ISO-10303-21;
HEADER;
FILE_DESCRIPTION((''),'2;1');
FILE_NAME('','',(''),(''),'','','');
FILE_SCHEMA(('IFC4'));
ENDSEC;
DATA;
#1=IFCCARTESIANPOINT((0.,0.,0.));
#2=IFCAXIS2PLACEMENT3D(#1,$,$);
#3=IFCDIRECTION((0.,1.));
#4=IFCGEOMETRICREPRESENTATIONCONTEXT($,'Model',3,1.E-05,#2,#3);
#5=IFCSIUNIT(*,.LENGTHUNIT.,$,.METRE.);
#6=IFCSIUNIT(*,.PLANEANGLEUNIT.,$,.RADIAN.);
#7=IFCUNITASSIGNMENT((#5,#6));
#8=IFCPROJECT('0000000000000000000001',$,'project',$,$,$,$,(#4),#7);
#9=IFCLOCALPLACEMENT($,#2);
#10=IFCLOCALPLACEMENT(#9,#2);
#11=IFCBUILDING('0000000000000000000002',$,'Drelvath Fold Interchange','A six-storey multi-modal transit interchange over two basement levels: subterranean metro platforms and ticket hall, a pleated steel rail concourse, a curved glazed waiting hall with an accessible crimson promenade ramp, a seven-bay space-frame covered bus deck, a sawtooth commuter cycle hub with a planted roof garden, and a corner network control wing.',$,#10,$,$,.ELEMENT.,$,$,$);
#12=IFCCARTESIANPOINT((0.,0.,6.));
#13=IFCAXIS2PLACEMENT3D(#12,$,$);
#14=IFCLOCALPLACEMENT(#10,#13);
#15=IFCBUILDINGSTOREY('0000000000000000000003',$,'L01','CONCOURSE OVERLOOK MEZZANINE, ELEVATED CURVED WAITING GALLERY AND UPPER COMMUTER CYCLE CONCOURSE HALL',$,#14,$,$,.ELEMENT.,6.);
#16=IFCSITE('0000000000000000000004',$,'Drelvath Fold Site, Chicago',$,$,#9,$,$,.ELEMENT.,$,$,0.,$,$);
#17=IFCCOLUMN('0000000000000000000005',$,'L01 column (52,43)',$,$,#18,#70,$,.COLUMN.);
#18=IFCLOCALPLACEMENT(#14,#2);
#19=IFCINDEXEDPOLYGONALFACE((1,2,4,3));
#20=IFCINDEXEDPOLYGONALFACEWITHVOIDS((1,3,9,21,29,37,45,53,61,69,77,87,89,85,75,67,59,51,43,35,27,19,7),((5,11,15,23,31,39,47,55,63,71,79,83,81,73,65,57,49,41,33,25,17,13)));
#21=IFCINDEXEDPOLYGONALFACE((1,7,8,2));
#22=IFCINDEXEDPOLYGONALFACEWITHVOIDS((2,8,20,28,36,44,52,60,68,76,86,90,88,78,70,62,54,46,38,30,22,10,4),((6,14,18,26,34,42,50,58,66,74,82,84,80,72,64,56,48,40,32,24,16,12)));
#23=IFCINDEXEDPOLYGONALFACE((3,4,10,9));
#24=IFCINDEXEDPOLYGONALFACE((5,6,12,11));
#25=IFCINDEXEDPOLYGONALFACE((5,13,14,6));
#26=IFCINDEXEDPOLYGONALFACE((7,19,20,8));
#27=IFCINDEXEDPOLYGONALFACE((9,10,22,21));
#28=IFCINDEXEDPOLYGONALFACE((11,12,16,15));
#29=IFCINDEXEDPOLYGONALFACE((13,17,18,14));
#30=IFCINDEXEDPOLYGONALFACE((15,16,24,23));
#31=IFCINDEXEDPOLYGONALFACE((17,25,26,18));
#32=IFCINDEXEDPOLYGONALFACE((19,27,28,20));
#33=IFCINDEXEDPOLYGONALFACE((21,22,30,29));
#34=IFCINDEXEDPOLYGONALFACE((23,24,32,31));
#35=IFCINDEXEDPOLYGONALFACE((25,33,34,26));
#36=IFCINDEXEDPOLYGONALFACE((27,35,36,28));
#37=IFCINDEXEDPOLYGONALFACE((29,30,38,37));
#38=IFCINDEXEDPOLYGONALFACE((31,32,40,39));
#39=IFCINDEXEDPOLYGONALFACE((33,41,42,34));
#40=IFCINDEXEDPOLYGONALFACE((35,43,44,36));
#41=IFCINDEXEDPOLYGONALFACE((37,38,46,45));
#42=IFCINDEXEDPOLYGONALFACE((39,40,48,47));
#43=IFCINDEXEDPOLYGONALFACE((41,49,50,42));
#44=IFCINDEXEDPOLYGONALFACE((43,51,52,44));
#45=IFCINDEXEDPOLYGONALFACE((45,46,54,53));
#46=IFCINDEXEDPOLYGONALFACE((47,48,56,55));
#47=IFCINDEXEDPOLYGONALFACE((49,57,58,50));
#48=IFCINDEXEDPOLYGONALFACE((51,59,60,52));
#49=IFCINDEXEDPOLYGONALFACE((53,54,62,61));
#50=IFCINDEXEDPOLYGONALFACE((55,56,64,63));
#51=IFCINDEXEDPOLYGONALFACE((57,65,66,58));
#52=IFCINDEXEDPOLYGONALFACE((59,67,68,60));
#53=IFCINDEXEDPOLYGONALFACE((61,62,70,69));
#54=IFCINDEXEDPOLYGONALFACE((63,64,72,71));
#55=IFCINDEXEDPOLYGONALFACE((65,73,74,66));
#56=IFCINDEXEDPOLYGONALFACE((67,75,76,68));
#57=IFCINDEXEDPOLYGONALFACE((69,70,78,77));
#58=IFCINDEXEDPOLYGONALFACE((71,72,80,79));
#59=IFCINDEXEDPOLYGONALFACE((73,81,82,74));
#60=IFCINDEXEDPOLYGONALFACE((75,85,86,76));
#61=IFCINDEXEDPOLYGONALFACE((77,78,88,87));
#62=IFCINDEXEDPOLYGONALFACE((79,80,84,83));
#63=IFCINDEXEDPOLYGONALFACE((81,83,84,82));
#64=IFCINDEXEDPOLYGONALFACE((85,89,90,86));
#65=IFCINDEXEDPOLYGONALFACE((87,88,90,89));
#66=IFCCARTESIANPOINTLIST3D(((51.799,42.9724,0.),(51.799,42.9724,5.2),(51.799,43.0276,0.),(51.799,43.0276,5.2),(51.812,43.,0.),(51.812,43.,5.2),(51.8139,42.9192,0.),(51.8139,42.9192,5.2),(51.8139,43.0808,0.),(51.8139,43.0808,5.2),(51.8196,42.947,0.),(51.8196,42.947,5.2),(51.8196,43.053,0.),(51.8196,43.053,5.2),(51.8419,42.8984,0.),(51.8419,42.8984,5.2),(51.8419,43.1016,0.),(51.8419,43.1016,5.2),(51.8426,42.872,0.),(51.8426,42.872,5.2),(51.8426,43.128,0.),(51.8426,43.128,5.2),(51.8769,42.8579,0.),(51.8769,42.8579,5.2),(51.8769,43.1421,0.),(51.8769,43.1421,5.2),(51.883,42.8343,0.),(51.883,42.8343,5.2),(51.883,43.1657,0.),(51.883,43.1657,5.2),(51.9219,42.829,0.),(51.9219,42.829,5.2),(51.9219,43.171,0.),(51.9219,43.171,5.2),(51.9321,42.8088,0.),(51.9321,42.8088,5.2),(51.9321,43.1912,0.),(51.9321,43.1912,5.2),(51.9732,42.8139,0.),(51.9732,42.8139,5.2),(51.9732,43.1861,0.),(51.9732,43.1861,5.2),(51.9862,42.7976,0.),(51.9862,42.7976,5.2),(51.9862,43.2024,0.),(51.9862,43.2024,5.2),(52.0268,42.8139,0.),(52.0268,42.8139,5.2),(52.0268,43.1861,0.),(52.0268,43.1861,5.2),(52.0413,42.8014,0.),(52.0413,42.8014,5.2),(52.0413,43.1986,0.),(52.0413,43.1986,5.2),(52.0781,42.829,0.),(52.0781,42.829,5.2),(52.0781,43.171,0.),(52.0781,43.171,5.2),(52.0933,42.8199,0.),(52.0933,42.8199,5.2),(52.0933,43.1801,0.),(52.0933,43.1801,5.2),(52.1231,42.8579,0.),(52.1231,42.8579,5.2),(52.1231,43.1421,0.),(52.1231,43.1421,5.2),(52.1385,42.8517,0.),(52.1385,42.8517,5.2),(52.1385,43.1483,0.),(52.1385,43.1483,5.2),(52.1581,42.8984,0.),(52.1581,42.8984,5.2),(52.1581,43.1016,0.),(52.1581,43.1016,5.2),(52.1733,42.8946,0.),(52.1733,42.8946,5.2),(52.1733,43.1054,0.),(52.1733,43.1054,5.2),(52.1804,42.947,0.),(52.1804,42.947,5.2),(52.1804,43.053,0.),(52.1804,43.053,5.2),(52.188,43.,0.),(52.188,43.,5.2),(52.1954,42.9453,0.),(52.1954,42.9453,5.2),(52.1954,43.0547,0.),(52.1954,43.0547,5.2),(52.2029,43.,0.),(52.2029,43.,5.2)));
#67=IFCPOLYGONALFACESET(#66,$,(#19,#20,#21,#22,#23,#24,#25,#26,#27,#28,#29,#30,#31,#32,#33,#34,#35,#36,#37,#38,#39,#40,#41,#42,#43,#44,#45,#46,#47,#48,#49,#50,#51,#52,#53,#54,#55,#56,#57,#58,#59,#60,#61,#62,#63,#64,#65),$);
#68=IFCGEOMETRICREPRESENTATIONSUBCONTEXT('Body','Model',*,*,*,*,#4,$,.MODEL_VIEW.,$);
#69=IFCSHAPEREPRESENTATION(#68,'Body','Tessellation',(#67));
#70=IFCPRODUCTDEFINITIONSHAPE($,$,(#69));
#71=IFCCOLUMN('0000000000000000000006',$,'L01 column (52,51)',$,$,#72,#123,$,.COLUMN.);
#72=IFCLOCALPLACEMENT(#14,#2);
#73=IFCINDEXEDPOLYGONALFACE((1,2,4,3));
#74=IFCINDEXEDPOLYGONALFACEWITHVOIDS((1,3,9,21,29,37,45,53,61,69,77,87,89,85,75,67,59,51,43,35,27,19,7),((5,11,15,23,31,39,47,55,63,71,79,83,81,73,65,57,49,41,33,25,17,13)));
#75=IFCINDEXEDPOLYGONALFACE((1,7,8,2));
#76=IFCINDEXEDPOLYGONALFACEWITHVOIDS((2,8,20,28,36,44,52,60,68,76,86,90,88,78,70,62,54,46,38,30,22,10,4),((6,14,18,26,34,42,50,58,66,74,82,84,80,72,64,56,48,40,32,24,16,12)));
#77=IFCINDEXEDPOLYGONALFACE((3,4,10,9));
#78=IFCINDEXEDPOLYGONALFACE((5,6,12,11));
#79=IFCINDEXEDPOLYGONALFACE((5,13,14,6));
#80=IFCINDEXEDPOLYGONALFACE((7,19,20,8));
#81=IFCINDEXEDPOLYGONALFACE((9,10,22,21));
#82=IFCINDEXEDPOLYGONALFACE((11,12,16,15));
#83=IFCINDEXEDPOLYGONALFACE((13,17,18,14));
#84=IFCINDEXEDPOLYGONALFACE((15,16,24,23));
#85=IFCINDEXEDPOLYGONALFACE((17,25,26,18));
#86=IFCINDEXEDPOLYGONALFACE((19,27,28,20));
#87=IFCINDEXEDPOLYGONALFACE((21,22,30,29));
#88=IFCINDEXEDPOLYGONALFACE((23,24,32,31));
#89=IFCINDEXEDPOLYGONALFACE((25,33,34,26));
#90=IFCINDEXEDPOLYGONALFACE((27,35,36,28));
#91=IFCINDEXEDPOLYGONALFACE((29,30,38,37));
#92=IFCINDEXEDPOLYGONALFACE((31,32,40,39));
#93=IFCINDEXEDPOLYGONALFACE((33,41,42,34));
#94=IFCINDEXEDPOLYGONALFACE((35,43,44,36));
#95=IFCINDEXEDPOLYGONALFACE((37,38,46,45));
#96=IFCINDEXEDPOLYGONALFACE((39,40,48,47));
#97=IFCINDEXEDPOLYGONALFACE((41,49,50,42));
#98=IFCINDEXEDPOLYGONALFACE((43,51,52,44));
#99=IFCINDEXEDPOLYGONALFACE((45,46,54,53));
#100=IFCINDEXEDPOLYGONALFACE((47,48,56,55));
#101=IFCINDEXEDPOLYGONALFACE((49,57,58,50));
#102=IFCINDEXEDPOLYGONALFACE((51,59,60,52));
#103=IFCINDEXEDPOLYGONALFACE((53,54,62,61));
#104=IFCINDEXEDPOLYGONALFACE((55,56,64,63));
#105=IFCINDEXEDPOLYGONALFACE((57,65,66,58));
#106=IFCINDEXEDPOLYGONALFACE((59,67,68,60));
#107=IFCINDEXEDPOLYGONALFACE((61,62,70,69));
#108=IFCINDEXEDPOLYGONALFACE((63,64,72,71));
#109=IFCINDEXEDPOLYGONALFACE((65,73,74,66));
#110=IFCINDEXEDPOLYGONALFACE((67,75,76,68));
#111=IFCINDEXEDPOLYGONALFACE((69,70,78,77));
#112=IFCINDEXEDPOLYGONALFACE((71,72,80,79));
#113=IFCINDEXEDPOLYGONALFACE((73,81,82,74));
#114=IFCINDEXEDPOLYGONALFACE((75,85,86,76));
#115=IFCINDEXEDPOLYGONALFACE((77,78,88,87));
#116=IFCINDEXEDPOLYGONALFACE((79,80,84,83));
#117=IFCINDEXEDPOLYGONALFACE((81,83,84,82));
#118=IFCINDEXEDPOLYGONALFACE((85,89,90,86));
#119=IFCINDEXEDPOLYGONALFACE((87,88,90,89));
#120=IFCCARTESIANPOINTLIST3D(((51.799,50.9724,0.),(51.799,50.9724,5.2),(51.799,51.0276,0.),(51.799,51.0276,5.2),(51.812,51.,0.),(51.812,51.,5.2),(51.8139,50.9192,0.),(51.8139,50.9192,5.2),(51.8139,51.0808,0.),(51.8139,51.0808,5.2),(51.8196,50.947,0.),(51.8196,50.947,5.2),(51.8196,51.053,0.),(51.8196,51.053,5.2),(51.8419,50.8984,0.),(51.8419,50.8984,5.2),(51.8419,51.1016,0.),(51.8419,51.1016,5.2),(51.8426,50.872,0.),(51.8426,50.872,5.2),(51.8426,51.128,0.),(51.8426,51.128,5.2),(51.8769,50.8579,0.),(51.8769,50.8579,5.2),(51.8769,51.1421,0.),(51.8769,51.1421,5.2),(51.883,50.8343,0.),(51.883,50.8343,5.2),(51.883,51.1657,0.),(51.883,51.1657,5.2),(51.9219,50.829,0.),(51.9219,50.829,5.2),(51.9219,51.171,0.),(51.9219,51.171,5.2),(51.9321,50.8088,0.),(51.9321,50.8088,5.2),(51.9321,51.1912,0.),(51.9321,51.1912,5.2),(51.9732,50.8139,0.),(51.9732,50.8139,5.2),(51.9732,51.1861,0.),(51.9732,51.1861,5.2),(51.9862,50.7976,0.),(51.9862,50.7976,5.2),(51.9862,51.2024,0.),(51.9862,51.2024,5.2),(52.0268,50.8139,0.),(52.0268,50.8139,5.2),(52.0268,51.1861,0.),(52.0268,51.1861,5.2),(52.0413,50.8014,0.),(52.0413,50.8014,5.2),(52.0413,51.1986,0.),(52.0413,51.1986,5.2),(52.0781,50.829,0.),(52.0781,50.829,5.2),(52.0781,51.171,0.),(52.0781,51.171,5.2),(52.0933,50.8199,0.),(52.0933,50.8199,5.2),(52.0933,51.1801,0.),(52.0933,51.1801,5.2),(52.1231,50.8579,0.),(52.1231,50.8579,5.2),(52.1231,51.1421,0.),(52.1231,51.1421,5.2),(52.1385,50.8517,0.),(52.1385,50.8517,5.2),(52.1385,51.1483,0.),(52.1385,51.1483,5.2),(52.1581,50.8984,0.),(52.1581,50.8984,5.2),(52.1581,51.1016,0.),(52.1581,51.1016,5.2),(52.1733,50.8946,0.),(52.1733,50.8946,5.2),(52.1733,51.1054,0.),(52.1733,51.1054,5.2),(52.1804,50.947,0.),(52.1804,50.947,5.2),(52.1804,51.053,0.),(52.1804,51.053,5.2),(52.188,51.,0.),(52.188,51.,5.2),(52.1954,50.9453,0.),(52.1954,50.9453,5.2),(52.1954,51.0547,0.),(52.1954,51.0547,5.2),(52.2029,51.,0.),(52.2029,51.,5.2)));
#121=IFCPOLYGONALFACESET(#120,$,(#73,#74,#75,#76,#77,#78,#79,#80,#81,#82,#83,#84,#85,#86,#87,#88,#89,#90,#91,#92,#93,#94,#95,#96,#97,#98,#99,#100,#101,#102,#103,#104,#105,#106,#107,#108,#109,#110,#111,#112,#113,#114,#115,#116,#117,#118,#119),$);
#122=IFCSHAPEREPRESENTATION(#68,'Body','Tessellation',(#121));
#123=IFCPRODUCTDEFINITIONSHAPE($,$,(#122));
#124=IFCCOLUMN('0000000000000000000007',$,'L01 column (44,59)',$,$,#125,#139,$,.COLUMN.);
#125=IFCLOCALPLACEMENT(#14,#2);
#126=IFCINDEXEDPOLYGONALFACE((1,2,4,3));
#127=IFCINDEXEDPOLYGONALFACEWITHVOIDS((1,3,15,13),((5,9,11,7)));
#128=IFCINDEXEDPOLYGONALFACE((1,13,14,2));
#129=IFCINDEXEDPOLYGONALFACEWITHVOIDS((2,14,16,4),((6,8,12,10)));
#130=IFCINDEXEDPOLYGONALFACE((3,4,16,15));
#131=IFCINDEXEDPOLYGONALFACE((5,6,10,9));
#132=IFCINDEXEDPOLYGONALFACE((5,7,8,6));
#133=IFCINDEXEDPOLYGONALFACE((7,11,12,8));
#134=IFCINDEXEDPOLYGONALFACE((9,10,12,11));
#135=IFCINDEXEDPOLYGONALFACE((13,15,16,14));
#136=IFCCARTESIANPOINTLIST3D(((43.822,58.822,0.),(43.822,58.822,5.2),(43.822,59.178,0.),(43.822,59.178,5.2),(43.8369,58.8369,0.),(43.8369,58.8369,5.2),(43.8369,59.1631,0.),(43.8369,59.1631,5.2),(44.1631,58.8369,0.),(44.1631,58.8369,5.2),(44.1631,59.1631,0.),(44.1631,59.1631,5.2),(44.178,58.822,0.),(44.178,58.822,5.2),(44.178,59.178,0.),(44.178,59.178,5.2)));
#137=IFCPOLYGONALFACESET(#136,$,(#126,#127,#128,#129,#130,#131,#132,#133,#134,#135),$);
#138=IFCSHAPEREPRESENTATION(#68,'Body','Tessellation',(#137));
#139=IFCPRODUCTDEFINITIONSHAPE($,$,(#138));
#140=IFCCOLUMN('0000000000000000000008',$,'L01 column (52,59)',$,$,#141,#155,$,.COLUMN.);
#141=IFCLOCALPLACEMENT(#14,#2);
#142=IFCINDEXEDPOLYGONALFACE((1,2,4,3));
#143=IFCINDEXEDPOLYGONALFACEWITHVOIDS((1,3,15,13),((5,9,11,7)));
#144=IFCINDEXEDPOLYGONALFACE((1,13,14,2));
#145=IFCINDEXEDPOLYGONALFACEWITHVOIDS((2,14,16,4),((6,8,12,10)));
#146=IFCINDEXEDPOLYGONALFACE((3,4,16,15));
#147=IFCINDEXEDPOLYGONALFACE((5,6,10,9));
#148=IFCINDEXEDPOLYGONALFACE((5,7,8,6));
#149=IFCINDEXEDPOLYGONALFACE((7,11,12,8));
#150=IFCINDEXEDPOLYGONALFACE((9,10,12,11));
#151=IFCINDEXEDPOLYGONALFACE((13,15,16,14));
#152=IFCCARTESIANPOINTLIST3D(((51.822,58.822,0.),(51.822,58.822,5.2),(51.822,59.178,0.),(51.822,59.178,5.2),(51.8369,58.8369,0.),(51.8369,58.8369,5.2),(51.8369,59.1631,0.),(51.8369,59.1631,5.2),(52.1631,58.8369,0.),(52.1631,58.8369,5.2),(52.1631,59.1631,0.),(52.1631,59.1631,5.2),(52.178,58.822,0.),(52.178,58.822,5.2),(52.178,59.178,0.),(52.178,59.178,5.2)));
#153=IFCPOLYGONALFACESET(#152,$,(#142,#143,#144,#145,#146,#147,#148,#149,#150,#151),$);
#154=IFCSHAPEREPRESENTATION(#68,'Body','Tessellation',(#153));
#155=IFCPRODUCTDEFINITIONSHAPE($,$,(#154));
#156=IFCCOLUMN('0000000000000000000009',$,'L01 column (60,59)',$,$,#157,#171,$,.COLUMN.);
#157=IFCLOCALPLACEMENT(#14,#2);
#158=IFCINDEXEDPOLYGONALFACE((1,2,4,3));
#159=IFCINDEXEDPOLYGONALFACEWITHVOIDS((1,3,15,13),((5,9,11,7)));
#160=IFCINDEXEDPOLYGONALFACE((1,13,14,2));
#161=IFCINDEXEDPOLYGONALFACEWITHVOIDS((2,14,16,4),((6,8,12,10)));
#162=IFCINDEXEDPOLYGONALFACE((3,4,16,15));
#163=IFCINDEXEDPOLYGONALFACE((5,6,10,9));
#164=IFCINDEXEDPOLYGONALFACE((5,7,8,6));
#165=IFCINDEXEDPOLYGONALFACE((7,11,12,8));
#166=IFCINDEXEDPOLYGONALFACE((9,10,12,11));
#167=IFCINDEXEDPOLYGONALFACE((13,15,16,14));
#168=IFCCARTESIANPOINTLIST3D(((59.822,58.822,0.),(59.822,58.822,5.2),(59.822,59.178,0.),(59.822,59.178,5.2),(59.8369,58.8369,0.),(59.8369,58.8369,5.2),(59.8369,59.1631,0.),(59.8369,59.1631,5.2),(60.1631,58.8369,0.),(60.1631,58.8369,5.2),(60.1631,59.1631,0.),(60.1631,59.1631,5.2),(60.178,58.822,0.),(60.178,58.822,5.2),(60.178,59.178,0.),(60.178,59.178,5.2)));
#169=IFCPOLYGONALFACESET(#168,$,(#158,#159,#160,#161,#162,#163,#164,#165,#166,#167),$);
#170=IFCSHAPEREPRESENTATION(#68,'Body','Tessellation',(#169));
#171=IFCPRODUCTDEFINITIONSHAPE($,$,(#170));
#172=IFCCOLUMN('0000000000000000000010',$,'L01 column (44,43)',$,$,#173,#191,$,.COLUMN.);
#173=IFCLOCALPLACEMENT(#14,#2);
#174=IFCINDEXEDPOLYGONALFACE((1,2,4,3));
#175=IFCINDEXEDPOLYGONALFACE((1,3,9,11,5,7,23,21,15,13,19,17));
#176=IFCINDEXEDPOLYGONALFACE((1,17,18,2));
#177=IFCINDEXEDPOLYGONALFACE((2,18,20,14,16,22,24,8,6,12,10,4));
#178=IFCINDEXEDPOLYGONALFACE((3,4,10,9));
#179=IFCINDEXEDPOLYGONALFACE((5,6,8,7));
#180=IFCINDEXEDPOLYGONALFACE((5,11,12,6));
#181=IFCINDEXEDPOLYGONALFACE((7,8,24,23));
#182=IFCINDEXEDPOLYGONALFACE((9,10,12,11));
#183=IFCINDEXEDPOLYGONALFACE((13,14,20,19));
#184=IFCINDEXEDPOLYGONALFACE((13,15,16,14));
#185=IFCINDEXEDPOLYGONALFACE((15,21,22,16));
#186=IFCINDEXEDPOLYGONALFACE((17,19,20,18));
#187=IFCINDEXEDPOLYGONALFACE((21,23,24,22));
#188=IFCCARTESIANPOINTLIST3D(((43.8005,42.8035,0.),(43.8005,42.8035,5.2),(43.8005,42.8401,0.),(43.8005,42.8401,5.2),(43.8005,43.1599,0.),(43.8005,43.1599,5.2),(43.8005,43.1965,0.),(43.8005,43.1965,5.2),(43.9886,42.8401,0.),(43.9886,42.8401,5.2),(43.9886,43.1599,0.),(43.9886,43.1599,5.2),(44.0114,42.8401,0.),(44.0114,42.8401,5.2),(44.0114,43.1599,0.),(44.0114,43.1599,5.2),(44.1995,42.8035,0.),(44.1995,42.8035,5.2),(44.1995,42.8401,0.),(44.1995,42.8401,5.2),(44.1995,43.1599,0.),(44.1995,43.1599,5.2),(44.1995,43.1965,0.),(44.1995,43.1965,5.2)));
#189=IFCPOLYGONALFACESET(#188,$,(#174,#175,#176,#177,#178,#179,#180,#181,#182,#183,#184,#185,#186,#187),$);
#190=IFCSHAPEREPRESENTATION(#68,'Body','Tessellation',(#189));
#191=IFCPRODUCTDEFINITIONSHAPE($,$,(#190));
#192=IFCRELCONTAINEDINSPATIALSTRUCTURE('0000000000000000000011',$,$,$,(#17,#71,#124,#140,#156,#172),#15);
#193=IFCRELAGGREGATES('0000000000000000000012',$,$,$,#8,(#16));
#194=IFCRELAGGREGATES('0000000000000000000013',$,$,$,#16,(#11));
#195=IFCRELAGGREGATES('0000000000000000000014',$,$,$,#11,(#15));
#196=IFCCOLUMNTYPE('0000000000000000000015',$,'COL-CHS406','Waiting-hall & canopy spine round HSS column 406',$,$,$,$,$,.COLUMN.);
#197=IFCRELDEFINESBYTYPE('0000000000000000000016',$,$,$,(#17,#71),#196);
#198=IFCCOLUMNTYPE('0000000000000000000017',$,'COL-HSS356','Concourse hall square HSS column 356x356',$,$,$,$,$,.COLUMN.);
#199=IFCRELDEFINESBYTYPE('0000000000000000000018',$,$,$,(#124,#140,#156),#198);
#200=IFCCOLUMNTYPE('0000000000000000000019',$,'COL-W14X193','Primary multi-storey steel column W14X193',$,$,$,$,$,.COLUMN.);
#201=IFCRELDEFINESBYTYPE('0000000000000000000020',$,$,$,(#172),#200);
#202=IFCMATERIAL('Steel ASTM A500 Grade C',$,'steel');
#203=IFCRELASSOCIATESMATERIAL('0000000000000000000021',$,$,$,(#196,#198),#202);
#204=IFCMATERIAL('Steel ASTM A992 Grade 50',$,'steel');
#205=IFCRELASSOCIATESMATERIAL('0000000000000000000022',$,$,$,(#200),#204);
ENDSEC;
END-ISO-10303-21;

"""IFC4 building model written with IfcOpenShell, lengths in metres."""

from ifc_helpers import new_model, si_unit, direction, frame, origin, origin_2d, place, context, subcontext, project, spatial, hollow_rectangle, hollow_circle, i_section, extrude, material, material_profile, profile_set, type_object, element, save


model = new_model("IFC4")

# Units and contexts
model_context = context("Model", 3, precision=1e-05, world=origin(), true_north=direction((0.0, 1.0)))
body_context = subcontext(model_context, "Body", "Model", "MODEL_VIEW")
ifc_project = project(units=[si_unit("LENGTHUNIT", "METRE"), si_unit("PLANEANGLEUNIT", "RADIAN")], contexts=[model_context])

# Site, building, storey
site_placement = place(None, origin())
site = spatial("IfcSite", under=ifc_project, at=site_placement, Name="Drelvath Fold Site, Chicago", CompositionType="ELEMENT", RefElevation=0.0)
building_placement = place(site_placement, origin())
building = spatial("IfcBuilding", under=site, at=building_placement, Name="Drelvath Fold Interchange", Description="A six-storey multi-modal transit interchange over two basement levels: subterranean metro platforms and ticket hall, a pleated steel rail concourse, a curved glazed waiting hall with an accessible crimson promenade ramp, a seven-bay space-frame covered bus deck, a sawtooth commuter cycle hub with a planted roof garden, and a corner network control wing.", CompositionType="ELEMENT")
storey_placement = place(building_placement, frame((0.0, 0.0, 6.0)))
storey = spatial("IfcBuildingStorey", under=building, at=storey_placement, Name="L01", Description="CONCOURSE OVERLOOK MEZZANINE, ELEVATED CURVED WAITING GALLERY AND UPPER COMMUTER CYCLE CONCOURSE HALL", CompositionType="ELEMENT", Elevation=6.0)

# Columns
ifc_material_1 = material(Name="Steel ASTM A500 Grade C", Category="steel")
ifc_material_profile_1 = material_profile(ifc_material_1, hollow_circle(Radius=0.2029, WallThickness=0.0149, at=origin_2d()), Name="HSS16.000X0.625")
ifc_profile_set_1 = profile_set([ifc_material_profile_1], Name="Steel ASTM A500 Grade C")
column_type_1 = type_object("IfcColumnType", Name="COL-CHS406", Description="Waiting-hall & canopy spine round HSS column 406", PredefinedType="COLUMN", material=ifc_profile_set_1)
for number, where, z_axis, x_axis, name in (
    (1, (52.0, 43.0, 0.0), (0.0, 0.0, 1.0), (1.0, 0.0, 0.0), "L01 column (52,43)"),
    (2, (52.0, 51.0, 0.0), (0.0, 0.0, 1.0), (1.0, 0.0, 0.0), "L01 column (52,51)"),
):
    element("IfcColumn", number, at=place(storey_placement, frame(where, z_axis=z_axis, x_axis=x_axis)), inside=storey, type_object=column_type_1, Name=name, PredefinedType="COLUMN", context=body_context, shape_type="SweptSolid", body=[
        extrude(hollow_circle(Radius=0.2029, WallThickness=0.0149, at=origin_2d()), origin(), (0.0, 0.0, 1.0), 5.2),
    ])
ifc_material_profile_2 = material_profile(ifc_material_1, hollow_rectangle(XDim=0.356, YDim=0.356, WallThickness=0.0149, at=origin_2d()), Name="HSS14X14X5/8")
ifc_profile_set_2 = profile_set([ifc_material_profile_2], Name="Steel ASTM A500 Grade C")
column_type_2 = type_object("IfcColumnType", Name="COL-HSS356", Description="Concourse hall square HSS column 356x356", PredefinedType="COLUMN", material=ifc_profile_set_2)
for number, where, z_axis, x_axis, name in (
    (3, (44.0, 59.0, 0.0), (0.0, 0.0, 1.0), (1.0, 0.0, 0.0), "L01 column (44,59)"),
    (4, (52.0, 59.0, 0.0), (0.0, 0.0, 1.0), (1.0, 0.0, 0.0), "L01 column (52,59)"),
    (5, (60.0, 59.0, 0.0), (0.0, 0.0, 1.0), (1.0, 0.0, 0.0), "L01 column (60,59)"),
):
    element("IfcColumn", number, at=place(storey_placement, frame(where, z_axis=z_axis, x_axis=x_axis)), inside=storey, type_object=column_type_2, Name=name, PredefinedType="COLUMN", context=body_context, shape_type="SweptSolid", body=[
        extrude(hollow_rectangle(XDim=0.356, YDim=0.356, WallThickness=0.0149, at=origin_2d()), origin(), (0.0, 0.0, 1.0), 5.2),
    ])
ifc_material_2 = material(Name="Steel ASTM A992 Grade 50", Category="steel")
ifc_material_profile_3 = material_profile(ifc_material_2, i_section(OverallWidth=0.3989, OverallDepth=0.3931, WebThickness=0.0227, FlangeThickness=0.0366, at=origin_2d()), Name="W14X193")
ifc_profile_set_3 = profile_set([ifc_material_profile_3], Name="Steel ASTM A992 Grade 50")
column_type_3 = type_object("IfcColumnType", Name="COL-W14X193", Description="Primary multi-storey steel column W14X193", PredefinedType="COLUMN", material=ifc_profile_set_3)
for number, where, z_axis, x_axis, name in (
    (6, (44.0, 43.0, 0.0), (0.0, 0.0, 1.0), (1.0, 0.0, 0.0), "L01 column (44,43)"),
):
    element("IfcColumn", number, at=place(storey_placement, frame(where, z_axis=z_axis, x_axis=x_axis)), inside=storey, type_object=column_type_3, Name=name, PredefinedType="COLUMN", context=body_context, shape_type="SweptSolid", body=[
        extrude(i_section(OverallWidth=0.3989, OverallDepth=0.3931, WebThickness=0.0227, FlangeThickness=0.0366, at=origin_2d()), origin(), (0.0, 0.0, 1.0), 5.2),
    ])

save(model, "model.ifc")
